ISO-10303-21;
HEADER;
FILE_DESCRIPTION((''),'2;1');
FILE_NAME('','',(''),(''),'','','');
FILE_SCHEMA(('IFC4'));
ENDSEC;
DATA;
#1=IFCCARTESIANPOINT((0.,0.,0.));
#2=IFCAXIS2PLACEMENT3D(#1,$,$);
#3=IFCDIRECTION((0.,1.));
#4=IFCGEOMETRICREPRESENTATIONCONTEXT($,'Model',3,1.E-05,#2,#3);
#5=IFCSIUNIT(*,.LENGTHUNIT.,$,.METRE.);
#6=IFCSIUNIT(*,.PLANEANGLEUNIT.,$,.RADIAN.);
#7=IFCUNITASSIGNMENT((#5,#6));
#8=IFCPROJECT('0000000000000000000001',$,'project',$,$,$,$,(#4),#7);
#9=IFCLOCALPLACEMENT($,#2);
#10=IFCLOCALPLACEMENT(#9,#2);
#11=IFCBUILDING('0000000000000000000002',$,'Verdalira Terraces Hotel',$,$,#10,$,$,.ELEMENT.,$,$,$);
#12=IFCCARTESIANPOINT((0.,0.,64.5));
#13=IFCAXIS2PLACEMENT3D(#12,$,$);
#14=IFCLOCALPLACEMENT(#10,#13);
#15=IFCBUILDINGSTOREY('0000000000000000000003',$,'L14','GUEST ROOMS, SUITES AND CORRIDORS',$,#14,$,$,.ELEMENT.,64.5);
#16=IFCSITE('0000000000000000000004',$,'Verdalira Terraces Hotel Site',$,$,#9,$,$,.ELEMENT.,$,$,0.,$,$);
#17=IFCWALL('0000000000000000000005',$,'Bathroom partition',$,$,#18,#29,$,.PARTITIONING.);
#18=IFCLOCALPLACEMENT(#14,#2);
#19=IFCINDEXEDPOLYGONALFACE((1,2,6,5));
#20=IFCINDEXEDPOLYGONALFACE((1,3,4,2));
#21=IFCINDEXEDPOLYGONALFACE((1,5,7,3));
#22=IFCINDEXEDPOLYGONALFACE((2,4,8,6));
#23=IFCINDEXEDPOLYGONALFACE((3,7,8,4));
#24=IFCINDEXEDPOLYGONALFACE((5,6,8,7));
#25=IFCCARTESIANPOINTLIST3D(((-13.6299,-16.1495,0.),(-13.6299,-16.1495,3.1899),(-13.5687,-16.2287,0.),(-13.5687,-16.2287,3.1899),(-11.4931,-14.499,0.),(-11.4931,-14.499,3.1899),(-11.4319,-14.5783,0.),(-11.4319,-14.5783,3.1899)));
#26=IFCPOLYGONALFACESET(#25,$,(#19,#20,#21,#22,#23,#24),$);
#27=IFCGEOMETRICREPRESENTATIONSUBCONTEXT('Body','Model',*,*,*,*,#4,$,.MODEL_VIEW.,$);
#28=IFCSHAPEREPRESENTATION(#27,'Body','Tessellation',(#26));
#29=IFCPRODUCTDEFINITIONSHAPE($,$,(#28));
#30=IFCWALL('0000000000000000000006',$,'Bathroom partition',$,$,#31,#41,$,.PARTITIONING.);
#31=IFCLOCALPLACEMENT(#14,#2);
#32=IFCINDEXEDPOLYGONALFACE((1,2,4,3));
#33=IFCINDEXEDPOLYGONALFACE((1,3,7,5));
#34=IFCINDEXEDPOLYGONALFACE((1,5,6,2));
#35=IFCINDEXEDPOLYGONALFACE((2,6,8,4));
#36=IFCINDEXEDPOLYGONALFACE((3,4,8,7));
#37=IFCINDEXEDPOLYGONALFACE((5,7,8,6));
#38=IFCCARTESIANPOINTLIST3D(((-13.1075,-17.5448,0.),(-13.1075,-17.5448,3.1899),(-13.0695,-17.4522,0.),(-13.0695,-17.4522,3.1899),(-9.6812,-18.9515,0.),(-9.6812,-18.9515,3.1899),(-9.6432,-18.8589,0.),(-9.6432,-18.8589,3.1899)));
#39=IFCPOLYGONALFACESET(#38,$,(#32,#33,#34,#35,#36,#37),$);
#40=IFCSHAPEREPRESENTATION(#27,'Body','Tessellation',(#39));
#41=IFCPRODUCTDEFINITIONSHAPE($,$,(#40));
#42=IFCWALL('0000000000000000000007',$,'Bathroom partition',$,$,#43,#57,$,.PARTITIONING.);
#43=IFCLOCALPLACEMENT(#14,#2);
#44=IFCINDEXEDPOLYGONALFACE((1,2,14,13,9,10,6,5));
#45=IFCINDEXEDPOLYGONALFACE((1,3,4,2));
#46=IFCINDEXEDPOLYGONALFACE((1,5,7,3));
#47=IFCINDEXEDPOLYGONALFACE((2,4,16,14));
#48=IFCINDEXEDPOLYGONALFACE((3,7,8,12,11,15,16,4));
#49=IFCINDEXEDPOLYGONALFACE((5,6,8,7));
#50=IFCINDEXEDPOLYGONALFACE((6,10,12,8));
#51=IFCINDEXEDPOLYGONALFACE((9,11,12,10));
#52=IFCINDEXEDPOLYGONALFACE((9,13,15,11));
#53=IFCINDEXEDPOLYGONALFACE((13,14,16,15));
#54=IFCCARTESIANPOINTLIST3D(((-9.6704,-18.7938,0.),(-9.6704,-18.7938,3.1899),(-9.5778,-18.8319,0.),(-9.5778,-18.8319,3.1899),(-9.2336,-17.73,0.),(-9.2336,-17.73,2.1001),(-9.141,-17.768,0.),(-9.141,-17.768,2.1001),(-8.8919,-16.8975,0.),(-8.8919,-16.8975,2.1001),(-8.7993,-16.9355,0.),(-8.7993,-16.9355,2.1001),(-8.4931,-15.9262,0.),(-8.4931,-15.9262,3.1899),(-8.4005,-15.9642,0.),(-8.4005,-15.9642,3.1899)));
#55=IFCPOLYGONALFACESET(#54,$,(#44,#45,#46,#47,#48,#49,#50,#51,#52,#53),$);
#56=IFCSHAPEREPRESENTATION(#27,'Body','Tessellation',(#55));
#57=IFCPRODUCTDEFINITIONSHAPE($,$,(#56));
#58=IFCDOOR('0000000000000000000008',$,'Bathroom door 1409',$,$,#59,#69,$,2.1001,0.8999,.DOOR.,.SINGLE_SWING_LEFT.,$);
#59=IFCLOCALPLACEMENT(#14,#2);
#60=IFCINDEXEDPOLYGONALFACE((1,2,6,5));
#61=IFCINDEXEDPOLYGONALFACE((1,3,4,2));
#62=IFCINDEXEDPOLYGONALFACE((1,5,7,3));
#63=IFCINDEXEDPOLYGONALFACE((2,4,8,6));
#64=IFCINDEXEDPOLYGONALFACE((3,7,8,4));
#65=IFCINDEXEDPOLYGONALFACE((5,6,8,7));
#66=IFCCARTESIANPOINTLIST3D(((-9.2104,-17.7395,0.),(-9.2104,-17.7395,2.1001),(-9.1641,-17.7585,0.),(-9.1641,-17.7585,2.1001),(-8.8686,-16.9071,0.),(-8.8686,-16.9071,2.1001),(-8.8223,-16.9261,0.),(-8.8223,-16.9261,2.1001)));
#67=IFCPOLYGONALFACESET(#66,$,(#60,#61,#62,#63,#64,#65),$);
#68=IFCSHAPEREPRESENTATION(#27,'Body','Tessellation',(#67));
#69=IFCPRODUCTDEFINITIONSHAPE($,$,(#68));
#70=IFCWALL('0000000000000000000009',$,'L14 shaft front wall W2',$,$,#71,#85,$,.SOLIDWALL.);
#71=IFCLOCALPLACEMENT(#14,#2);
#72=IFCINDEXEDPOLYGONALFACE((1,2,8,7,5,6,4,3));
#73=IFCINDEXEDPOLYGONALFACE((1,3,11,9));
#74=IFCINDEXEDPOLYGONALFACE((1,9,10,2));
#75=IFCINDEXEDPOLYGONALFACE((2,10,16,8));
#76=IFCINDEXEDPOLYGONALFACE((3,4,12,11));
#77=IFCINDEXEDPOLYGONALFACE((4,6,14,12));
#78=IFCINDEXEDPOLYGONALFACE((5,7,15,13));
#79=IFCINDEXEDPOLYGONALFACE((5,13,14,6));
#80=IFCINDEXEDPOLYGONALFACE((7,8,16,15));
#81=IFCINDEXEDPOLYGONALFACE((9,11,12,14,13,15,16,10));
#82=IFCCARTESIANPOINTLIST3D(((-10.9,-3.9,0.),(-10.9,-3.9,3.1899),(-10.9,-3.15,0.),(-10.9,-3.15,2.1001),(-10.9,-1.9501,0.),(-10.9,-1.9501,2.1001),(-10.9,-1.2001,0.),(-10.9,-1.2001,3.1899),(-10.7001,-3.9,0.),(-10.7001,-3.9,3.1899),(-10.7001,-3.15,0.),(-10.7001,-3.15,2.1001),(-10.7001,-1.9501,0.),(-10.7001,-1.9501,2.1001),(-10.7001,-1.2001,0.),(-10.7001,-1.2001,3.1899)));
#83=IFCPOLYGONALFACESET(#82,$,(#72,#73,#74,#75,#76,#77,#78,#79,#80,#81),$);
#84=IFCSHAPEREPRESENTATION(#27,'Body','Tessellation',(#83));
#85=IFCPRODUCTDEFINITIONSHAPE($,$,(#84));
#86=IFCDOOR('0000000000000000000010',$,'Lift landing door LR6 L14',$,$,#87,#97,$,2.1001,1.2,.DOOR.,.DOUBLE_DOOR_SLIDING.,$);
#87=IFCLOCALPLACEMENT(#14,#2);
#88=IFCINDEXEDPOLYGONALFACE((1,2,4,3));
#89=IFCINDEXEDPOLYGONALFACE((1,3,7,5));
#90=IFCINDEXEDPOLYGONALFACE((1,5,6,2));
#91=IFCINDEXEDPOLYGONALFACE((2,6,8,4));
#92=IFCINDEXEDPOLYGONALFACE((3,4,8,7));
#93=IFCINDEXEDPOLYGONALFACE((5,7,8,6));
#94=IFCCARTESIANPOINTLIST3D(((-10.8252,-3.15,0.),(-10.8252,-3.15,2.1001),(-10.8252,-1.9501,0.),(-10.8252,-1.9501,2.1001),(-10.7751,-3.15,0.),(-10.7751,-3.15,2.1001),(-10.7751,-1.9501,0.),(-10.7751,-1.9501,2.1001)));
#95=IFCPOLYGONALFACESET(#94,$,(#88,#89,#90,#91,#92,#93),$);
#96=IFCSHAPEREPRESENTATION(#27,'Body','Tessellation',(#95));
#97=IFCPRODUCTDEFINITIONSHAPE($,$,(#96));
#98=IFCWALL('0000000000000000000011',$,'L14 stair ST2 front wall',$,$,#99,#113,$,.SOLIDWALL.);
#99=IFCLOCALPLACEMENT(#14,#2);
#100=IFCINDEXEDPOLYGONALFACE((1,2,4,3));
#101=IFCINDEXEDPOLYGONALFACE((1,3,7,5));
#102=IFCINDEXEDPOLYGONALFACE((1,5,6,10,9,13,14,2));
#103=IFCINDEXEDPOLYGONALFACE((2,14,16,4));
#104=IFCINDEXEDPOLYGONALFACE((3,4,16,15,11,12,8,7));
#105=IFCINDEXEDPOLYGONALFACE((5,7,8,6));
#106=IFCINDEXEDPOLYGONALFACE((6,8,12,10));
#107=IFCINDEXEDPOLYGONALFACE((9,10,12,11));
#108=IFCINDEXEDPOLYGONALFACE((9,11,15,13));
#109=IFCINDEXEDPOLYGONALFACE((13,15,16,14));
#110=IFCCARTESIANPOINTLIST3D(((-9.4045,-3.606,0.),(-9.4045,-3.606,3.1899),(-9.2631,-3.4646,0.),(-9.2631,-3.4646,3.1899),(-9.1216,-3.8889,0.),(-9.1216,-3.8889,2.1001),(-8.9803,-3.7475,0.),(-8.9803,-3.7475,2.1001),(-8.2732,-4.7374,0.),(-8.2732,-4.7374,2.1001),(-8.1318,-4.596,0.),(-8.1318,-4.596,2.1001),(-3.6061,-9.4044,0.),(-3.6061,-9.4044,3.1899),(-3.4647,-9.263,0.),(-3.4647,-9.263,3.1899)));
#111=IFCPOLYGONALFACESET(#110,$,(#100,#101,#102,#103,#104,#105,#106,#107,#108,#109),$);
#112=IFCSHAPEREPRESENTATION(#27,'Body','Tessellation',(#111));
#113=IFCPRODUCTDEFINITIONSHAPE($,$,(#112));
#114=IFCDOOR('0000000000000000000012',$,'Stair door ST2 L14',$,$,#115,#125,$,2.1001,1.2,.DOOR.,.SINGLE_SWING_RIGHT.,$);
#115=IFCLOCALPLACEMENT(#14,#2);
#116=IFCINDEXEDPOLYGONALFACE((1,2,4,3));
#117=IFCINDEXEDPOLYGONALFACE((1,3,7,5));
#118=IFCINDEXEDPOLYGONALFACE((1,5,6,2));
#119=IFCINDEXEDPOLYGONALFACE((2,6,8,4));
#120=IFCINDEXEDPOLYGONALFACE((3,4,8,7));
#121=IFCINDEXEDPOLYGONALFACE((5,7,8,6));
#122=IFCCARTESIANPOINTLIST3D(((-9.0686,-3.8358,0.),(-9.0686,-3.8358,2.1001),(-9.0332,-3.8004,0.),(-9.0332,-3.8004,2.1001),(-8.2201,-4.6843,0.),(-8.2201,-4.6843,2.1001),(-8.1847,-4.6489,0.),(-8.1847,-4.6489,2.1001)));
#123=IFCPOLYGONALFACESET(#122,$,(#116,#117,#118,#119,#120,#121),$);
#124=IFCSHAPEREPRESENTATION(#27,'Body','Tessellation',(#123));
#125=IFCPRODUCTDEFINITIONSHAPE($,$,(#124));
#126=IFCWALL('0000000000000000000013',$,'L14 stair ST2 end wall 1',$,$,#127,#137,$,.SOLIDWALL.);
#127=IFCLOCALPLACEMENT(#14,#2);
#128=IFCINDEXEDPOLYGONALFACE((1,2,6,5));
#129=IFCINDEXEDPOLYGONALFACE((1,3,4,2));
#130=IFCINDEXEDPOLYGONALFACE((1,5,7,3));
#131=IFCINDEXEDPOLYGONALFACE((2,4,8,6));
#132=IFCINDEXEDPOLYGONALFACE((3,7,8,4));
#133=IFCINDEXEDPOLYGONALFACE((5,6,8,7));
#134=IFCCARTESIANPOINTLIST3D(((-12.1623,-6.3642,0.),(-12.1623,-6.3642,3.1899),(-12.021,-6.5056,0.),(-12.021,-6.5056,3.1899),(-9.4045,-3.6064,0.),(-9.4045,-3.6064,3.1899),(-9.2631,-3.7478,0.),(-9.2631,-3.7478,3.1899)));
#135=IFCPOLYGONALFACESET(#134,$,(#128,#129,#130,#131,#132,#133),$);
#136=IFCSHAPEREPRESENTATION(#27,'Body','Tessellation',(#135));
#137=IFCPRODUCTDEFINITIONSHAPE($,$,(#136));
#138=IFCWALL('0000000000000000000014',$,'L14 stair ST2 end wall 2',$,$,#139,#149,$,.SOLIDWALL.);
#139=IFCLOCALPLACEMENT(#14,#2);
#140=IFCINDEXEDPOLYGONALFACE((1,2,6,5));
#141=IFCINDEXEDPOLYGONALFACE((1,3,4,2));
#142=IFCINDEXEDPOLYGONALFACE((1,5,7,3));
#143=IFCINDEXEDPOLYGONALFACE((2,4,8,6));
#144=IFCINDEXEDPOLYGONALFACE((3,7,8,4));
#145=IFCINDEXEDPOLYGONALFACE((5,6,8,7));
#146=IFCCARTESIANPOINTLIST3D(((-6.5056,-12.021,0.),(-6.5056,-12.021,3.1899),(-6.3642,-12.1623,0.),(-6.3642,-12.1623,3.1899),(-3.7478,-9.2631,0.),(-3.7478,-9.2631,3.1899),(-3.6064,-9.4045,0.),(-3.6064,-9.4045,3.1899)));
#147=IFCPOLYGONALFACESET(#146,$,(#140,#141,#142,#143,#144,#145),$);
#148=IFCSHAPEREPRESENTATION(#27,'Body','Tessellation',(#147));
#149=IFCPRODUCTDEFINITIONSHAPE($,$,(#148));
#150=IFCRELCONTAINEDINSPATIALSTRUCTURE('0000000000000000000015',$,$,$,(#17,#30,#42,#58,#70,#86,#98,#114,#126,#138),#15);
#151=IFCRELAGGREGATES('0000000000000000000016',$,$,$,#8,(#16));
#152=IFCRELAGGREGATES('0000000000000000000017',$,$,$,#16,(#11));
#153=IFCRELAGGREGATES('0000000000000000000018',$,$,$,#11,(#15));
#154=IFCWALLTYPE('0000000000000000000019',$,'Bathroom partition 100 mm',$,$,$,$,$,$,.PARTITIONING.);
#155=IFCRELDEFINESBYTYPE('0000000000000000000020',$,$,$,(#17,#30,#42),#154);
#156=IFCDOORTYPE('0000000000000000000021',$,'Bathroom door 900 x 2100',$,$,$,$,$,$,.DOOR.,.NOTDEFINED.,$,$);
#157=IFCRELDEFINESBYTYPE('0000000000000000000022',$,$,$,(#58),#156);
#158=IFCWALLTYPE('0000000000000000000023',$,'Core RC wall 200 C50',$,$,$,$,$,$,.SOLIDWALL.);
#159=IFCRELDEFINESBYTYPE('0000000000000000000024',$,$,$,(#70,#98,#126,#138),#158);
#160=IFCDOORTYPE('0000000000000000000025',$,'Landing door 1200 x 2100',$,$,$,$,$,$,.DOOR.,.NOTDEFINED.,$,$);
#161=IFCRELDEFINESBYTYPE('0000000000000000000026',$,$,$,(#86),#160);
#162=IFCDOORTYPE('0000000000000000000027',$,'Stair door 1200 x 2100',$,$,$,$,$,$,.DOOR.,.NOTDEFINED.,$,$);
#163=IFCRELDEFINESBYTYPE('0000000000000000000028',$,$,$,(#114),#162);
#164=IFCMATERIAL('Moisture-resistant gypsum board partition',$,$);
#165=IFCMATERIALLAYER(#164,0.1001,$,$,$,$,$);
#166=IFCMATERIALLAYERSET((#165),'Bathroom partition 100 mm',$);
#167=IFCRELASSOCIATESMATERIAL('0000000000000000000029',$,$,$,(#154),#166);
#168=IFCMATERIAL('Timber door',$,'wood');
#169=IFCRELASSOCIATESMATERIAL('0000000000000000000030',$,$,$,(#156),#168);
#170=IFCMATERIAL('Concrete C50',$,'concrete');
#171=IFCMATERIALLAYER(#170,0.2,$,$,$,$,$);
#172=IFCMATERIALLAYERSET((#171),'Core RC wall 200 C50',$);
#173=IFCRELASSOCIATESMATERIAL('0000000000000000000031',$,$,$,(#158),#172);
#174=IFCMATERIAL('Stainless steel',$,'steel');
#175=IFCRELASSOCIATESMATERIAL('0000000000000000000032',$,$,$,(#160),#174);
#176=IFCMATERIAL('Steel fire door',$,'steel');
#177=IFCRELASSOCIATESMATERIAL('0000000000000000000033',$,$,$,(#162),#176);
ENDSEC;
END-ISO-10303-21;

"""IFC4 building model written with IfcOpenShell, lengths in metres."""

from ifc_helpers import new_model, si_unit, direction, frame, frame_2d, origin, place, context, subcontext, project, spatial, rectangle, extrude, material, layer, layer_set, type_object, element, fill, save


model = new_model("IFC4")

# Units and contexts
model_context = context("Model", 3, precision=1e-05, world=origin(), true_north=direction((0.0, 1.0)))
body_context = subcontext(model_context, "Body", "Model", "MODEL_VIEW")
ifc_project = project(units=[si_unit("LENGTHUNIT", "METRE"), si_unit("PLANEANGLEUNIT", "RADIAN")], contexts=[model_context])

# Site, building, storey
site_placement = place(None, origin())
site = spatial("IfcSite", under=ifc_project, at=site_placement, Name="Verdalira Terraces Hotel Site", CompositionType="ELEMENT", RefElevation=0.0)
building_placement = place(site_placement, origin())
building = spatial("IfcBuilding", under=site, at=building_placement, Name="Verdalira Terraces Hotel", CompositionType="ELEMENT")
storey_placement = place(building_placement, frame((0.0, 0.0, 64.5)))
storey = spatial("IfcBuildingStorey", under=building, at=storey_placement, Name="L14", Description="GUEST ROOMS, SUITES AND CORRIDORS", CompositionType="ELEMENT", Elevation=64.5)

# Walls
ifc_material_1 = material(Name="Moisture-resistant gypsum board partition")
ifc_layer_1 = layer(ifc_material_1, 0.1001)
ifc_layer_set_1 = layer_set([ifc_layer_1], Name="Bathroom partition 100 mm")
wall_type_1 = type_object("IfcWallType", Name="Bathroom partition 100 mm", PredefinedType="PARTITIONING", material=ifc_layer_set_1)
wall_1_placement = place(storey_placement, frame((-11.4624, -14.5386, 0.0), z_axis=(0.0, 0.0, 1.0), x_axis=(-0.791412, -0.611283, 0.0)))
element("IfcWall", 1, at=wall_1_placement, inside=storey, type_object=wall_type_1, Name="Bathroom partition", PredefinedType="PARTITIONING", context=body_context, shape_type="SweptSolid", body=[
    extrude(rectangle(XDim=2.7, YDim=0.1001, at=frame_2d((1.3501, 0.0))), origin(), (0.0, 0.0, 1.0), 3.1899),
])
wall_2_placement = place(storey_placement, frame((-9.6621, -18.9053, 0.0), z_axis=(0.0, 0.0, 1.0), x_axis=(-0.925065, 0.379808, 0.0)))
element("IfcWall", 2, at=wall_2_placement, inside=storey, type_object=wall_type_1, Name="Bathroom partition", PredefinedType="PARTITIONING", context=body_context, shape_type="SweptSolid", body=[
    extrude(rectangle(XDim=3.7039, YDim=0.1001, at=frame_2d((1.8521, 0.0))), origin(), (0.0, 0.0, 1.0), 3.1899),
])

# Walls, openings, doors
wall_3_placement = place(storey_placement, frame((-9.624, -18.8127, 0.0), z_axis=(0.0, 0.0, 1.0), x_axis=(0.379767, 0.925082, 0.0)))
wall_3 = element("IfcWall", 3, at=wall_3_placement, inside=storey, type_object=wall_type_1, Name="Bathroom partition", PredefinedType="PARTITIONING", context=body_context, shape_type="SweptSolid", body=[
    extrude(rectangle(XDim=3.0999, YDim=0.1001, at=frame_2d((1.5498, 0.0))), origin(), (0.0, 0.0, 1.0), 3.1899),
])
opening_1_placement = place(wall_3_placement, frame((1.1499, 0.0, 0.0)))
opening_1 = element("IfcOpeningElement", 4, at=opening_1_placement, cuts=wall_3, PredefinedType="OPENING", context=body_context, shape_type="SweptSolid", body=[
    extrude(rectangle(XDim=0.8999, YDim=2.1001, at=frame_2d((0.45, 1.05))), frame((0.0, 0.0601, 0.0), z_axis=(0.0, -1.0, 0.0), x_axis=(1.0, 0.0, 0.0)), (0.0, 0.0, 1.0), 0.1201),
])
ifc_material_2 = material(Name="Timber door", Category="wood")
door_type_1 = type_object("IfcDoorType", Name="Bathroom door 900 x 2100", OperationType="NOTDEFINED", PredefinedType="DOOR", material=ifc_material_2)
door_1_placement = place(opening_1_placement, origin())
door_1 = element("IfcDoor", 5, at=door_1_placement, inside=storey, type_object=door_type_1, Name="Bathroom door 1409", OperationType="SINGLE_SWING_LEFT", OverallHeight=2.1001, OverallWidth=0.8999, PredefinedType="DOOR", context=body_context, shape_type="SweptSolid", body=[
    extrude(rectangle(XDim=0.8999, YDim=2.1001, at=frame_2d((0.45, 1.05))), frame((0.0, 0.0249, 0.0), z_axis=(0.0, -1.0, 0.0), x_axis=(1.0, 0.0, 0.0)), (0.0, 0.0, 1.0), 0.05),
])
fill(opening_1, door_1)
ifc_material_3 = material(Name="Concrete C50", Category="concrete")
ifc_layer_2 = layer(ifc_material_3, 0.2)
ifc_layer_set_2 = layer_set([ifc_layer_2], Name="Core RC wall 200 C50")
wall_type_2 = type_object("IfcWallType", Name="Core RC wall 200 C50", PredefinedType="SOLIDWALL", material=ifc_layer_set_2)
wall_4_placement = place(storey_placement, frame((-10.8, -1.2, 0.0), z_axis=(0.0, 0.0, 1.0), x_axis=(0.0, -1.0, 0.0)))
wall_4 = element("IfcWall", 6, at=wall_4_placement, inside=storey, type_object=wall_type_2, Name="L14 shaft front wall W2", PredefinedType="SOLIDWALL", context=body_context, shape_type="SweptSolid", body=[
    extrude(rectangle(XDim=2.7, YDim=0.2, at=frame_2d((1.3501, 0.0))), origin(), (0.0, 0.0, 1.0), 3.1899),
])
opening_2_placement = place(wall_4_placement, frame((0.75, 0.0, 0.0)))
opening_2 = element("IfcOpeningElement", 7, at=opening_2_placement, cuts=wall_4, PredefinedType="OPENING", context=body_context, shape_type="SweptSolid", body=[
    extrude(rectangle(XDim=1.2, YDim=2.1001, at=frame_2d((0.6001, 1.05))), frame((0.0, 0.1099, 0.0), z_axis=(0.0, -1.0, 0.0), x_axis=(1.0, 0.0, 0.0)), (0.0, 0.0, 1.0), 0.22),
])
ifc_material_4 = material(Name="Stainless steel", Category="steel")
door_type_2 = type_object("IfcDoorType", Name="Landing door 1200 x 2100", OperationType="NOTDEFINED", PredefinedType="DOOR", material=ifc_material_4)
door_2_placement = place(opening_2_placement, origin())
door_2 = element("IfcDoor", 8, at=door_2_placement, inside=storey, type_object=door_type_2, Name="Lift landing door LR6 L14", OperationType="DOUBLE_DOOR_SLIDING", OverallHeight=2.1001, OverallWidth=1.2, PredefinedType="DOOR", context=body_context, shape_type="SweptSolid", body=[
    extrude(rectangle(XDim=1.2, YDim=2.1001, at=frame_2d((0.6001, 1.05))), frame((0.0, 0.0249, 0.0), z_axis=(0.0, -1.0, 0.0), x_axis=(1.0, 0.0, 0.0)), (0.0, 0.0, 1.0), 0.05),
])
fill(opening_2, door_2)
wall_5_placement = place(storey_placement, frame((-3.5354, -9.3337, 0.0), z_axis=(0.0, 0.0, 1.0), x_axis=(-0.707107, 0.707107, 0.0)))
wall_5 = element("IfcWall", 9, at=wall_5_placement, inside=storey, type_object=wall_type_2, Name="L14 stair ST2 front wall", PredefinedType="SOLIDWALL", context=body_context, shape_type="SweptSolid", body=[
    extrude(rectangle(XDim=8.2002, YDim=0.2, at=frame_2d((4.1001, 0.0))), origin(), (0.0, 0.0, 1.0), 3.1899),
])
opening_3_placement = place(wall_5_placement, frame((6.6001, 0.0, 0.0)))
opening_3 = element("IfcOpeningElement", 10, at=opening_3_placement, cuts=wall_5, PredefinedType="OPENING", context=body_context, shape_type="SweptSolid", body=[
    extrude(rectangle(XDim=1.2, YDim=2.1001, at=frame_2d((0.6001, 1.05))), frame((0.0, 0.1099, 0.0), z_axis=(0.0, -1.0, 0.0), x_axis=(1.0, 0.0, 0.0)), (0.0, 0.0, 1.0), 0.22),
])
ifc_material_5 = material(Name="Steel fire door", Category="steel")
door_type_3 = type_object("IfcDoorType", Name="Stair door 1200 x 2100", OperationType="NOTDEFINED", PredefinedType="DOOR", material=ifc_material_5)
door_3_placement = place(opening_3_placement, origin())
door_3 = element("IfcDoor", 11, at=door_3_placement, inside=storey, type_object=door_type_3, Name="Stair door ST2 L14", OperationType="SINGLE_SWING_RIGHT", OverallHeight=2.1001, OverallWidth=1.2, PredefinedType="DOOR", context=body_context, shape_type="SweptSolid", body=[
    extrude(rectangle(XDim=1.2, YDim=2.1001, at=frame_2d((0.6001, 1.05))), frame((0.0, 0.0249, 0.0), z_axis=(0.0, -1.0, 0.0), x_axis=(1.0, 0.0, 0.0)), (0.0, 0.0, 1.0), 0.05),
])
fill(opening_3, door_3)

# Walls
for number, where, z_axis, x_axis, name in (
    (12, (-9.3337, -3.677, 0.0), (0.0, 0.0, 1.0), (-0.707107, -0.707107, 0.0), "L14 stair ST2 end wall 1"),
    (13, (-3.677, -9.3337, 0.0), (0.0, 0.0, 1.0), (-0.707107, -0.707107, 0.0), "L14 stair ST2 end wall 2"),
):
    element("IfcWall", number, at=place(storey_placement, frame(where, z_axis=z_axis, x_axis=x_axis)), inside=storey, type_object=wall_type_2, Name=name, PredefinedType="SOLIDWALL", context=body_context, shape_type="SweptSolid", body=[
        extrude(rectangle(XDim=3.9001, YDim=0.2, at=frame_2d((1.9502, 0.0))), origin(), (0.0, 0.0, 1.0), 3.1899),
    ])

save(model, "model.ifc")
